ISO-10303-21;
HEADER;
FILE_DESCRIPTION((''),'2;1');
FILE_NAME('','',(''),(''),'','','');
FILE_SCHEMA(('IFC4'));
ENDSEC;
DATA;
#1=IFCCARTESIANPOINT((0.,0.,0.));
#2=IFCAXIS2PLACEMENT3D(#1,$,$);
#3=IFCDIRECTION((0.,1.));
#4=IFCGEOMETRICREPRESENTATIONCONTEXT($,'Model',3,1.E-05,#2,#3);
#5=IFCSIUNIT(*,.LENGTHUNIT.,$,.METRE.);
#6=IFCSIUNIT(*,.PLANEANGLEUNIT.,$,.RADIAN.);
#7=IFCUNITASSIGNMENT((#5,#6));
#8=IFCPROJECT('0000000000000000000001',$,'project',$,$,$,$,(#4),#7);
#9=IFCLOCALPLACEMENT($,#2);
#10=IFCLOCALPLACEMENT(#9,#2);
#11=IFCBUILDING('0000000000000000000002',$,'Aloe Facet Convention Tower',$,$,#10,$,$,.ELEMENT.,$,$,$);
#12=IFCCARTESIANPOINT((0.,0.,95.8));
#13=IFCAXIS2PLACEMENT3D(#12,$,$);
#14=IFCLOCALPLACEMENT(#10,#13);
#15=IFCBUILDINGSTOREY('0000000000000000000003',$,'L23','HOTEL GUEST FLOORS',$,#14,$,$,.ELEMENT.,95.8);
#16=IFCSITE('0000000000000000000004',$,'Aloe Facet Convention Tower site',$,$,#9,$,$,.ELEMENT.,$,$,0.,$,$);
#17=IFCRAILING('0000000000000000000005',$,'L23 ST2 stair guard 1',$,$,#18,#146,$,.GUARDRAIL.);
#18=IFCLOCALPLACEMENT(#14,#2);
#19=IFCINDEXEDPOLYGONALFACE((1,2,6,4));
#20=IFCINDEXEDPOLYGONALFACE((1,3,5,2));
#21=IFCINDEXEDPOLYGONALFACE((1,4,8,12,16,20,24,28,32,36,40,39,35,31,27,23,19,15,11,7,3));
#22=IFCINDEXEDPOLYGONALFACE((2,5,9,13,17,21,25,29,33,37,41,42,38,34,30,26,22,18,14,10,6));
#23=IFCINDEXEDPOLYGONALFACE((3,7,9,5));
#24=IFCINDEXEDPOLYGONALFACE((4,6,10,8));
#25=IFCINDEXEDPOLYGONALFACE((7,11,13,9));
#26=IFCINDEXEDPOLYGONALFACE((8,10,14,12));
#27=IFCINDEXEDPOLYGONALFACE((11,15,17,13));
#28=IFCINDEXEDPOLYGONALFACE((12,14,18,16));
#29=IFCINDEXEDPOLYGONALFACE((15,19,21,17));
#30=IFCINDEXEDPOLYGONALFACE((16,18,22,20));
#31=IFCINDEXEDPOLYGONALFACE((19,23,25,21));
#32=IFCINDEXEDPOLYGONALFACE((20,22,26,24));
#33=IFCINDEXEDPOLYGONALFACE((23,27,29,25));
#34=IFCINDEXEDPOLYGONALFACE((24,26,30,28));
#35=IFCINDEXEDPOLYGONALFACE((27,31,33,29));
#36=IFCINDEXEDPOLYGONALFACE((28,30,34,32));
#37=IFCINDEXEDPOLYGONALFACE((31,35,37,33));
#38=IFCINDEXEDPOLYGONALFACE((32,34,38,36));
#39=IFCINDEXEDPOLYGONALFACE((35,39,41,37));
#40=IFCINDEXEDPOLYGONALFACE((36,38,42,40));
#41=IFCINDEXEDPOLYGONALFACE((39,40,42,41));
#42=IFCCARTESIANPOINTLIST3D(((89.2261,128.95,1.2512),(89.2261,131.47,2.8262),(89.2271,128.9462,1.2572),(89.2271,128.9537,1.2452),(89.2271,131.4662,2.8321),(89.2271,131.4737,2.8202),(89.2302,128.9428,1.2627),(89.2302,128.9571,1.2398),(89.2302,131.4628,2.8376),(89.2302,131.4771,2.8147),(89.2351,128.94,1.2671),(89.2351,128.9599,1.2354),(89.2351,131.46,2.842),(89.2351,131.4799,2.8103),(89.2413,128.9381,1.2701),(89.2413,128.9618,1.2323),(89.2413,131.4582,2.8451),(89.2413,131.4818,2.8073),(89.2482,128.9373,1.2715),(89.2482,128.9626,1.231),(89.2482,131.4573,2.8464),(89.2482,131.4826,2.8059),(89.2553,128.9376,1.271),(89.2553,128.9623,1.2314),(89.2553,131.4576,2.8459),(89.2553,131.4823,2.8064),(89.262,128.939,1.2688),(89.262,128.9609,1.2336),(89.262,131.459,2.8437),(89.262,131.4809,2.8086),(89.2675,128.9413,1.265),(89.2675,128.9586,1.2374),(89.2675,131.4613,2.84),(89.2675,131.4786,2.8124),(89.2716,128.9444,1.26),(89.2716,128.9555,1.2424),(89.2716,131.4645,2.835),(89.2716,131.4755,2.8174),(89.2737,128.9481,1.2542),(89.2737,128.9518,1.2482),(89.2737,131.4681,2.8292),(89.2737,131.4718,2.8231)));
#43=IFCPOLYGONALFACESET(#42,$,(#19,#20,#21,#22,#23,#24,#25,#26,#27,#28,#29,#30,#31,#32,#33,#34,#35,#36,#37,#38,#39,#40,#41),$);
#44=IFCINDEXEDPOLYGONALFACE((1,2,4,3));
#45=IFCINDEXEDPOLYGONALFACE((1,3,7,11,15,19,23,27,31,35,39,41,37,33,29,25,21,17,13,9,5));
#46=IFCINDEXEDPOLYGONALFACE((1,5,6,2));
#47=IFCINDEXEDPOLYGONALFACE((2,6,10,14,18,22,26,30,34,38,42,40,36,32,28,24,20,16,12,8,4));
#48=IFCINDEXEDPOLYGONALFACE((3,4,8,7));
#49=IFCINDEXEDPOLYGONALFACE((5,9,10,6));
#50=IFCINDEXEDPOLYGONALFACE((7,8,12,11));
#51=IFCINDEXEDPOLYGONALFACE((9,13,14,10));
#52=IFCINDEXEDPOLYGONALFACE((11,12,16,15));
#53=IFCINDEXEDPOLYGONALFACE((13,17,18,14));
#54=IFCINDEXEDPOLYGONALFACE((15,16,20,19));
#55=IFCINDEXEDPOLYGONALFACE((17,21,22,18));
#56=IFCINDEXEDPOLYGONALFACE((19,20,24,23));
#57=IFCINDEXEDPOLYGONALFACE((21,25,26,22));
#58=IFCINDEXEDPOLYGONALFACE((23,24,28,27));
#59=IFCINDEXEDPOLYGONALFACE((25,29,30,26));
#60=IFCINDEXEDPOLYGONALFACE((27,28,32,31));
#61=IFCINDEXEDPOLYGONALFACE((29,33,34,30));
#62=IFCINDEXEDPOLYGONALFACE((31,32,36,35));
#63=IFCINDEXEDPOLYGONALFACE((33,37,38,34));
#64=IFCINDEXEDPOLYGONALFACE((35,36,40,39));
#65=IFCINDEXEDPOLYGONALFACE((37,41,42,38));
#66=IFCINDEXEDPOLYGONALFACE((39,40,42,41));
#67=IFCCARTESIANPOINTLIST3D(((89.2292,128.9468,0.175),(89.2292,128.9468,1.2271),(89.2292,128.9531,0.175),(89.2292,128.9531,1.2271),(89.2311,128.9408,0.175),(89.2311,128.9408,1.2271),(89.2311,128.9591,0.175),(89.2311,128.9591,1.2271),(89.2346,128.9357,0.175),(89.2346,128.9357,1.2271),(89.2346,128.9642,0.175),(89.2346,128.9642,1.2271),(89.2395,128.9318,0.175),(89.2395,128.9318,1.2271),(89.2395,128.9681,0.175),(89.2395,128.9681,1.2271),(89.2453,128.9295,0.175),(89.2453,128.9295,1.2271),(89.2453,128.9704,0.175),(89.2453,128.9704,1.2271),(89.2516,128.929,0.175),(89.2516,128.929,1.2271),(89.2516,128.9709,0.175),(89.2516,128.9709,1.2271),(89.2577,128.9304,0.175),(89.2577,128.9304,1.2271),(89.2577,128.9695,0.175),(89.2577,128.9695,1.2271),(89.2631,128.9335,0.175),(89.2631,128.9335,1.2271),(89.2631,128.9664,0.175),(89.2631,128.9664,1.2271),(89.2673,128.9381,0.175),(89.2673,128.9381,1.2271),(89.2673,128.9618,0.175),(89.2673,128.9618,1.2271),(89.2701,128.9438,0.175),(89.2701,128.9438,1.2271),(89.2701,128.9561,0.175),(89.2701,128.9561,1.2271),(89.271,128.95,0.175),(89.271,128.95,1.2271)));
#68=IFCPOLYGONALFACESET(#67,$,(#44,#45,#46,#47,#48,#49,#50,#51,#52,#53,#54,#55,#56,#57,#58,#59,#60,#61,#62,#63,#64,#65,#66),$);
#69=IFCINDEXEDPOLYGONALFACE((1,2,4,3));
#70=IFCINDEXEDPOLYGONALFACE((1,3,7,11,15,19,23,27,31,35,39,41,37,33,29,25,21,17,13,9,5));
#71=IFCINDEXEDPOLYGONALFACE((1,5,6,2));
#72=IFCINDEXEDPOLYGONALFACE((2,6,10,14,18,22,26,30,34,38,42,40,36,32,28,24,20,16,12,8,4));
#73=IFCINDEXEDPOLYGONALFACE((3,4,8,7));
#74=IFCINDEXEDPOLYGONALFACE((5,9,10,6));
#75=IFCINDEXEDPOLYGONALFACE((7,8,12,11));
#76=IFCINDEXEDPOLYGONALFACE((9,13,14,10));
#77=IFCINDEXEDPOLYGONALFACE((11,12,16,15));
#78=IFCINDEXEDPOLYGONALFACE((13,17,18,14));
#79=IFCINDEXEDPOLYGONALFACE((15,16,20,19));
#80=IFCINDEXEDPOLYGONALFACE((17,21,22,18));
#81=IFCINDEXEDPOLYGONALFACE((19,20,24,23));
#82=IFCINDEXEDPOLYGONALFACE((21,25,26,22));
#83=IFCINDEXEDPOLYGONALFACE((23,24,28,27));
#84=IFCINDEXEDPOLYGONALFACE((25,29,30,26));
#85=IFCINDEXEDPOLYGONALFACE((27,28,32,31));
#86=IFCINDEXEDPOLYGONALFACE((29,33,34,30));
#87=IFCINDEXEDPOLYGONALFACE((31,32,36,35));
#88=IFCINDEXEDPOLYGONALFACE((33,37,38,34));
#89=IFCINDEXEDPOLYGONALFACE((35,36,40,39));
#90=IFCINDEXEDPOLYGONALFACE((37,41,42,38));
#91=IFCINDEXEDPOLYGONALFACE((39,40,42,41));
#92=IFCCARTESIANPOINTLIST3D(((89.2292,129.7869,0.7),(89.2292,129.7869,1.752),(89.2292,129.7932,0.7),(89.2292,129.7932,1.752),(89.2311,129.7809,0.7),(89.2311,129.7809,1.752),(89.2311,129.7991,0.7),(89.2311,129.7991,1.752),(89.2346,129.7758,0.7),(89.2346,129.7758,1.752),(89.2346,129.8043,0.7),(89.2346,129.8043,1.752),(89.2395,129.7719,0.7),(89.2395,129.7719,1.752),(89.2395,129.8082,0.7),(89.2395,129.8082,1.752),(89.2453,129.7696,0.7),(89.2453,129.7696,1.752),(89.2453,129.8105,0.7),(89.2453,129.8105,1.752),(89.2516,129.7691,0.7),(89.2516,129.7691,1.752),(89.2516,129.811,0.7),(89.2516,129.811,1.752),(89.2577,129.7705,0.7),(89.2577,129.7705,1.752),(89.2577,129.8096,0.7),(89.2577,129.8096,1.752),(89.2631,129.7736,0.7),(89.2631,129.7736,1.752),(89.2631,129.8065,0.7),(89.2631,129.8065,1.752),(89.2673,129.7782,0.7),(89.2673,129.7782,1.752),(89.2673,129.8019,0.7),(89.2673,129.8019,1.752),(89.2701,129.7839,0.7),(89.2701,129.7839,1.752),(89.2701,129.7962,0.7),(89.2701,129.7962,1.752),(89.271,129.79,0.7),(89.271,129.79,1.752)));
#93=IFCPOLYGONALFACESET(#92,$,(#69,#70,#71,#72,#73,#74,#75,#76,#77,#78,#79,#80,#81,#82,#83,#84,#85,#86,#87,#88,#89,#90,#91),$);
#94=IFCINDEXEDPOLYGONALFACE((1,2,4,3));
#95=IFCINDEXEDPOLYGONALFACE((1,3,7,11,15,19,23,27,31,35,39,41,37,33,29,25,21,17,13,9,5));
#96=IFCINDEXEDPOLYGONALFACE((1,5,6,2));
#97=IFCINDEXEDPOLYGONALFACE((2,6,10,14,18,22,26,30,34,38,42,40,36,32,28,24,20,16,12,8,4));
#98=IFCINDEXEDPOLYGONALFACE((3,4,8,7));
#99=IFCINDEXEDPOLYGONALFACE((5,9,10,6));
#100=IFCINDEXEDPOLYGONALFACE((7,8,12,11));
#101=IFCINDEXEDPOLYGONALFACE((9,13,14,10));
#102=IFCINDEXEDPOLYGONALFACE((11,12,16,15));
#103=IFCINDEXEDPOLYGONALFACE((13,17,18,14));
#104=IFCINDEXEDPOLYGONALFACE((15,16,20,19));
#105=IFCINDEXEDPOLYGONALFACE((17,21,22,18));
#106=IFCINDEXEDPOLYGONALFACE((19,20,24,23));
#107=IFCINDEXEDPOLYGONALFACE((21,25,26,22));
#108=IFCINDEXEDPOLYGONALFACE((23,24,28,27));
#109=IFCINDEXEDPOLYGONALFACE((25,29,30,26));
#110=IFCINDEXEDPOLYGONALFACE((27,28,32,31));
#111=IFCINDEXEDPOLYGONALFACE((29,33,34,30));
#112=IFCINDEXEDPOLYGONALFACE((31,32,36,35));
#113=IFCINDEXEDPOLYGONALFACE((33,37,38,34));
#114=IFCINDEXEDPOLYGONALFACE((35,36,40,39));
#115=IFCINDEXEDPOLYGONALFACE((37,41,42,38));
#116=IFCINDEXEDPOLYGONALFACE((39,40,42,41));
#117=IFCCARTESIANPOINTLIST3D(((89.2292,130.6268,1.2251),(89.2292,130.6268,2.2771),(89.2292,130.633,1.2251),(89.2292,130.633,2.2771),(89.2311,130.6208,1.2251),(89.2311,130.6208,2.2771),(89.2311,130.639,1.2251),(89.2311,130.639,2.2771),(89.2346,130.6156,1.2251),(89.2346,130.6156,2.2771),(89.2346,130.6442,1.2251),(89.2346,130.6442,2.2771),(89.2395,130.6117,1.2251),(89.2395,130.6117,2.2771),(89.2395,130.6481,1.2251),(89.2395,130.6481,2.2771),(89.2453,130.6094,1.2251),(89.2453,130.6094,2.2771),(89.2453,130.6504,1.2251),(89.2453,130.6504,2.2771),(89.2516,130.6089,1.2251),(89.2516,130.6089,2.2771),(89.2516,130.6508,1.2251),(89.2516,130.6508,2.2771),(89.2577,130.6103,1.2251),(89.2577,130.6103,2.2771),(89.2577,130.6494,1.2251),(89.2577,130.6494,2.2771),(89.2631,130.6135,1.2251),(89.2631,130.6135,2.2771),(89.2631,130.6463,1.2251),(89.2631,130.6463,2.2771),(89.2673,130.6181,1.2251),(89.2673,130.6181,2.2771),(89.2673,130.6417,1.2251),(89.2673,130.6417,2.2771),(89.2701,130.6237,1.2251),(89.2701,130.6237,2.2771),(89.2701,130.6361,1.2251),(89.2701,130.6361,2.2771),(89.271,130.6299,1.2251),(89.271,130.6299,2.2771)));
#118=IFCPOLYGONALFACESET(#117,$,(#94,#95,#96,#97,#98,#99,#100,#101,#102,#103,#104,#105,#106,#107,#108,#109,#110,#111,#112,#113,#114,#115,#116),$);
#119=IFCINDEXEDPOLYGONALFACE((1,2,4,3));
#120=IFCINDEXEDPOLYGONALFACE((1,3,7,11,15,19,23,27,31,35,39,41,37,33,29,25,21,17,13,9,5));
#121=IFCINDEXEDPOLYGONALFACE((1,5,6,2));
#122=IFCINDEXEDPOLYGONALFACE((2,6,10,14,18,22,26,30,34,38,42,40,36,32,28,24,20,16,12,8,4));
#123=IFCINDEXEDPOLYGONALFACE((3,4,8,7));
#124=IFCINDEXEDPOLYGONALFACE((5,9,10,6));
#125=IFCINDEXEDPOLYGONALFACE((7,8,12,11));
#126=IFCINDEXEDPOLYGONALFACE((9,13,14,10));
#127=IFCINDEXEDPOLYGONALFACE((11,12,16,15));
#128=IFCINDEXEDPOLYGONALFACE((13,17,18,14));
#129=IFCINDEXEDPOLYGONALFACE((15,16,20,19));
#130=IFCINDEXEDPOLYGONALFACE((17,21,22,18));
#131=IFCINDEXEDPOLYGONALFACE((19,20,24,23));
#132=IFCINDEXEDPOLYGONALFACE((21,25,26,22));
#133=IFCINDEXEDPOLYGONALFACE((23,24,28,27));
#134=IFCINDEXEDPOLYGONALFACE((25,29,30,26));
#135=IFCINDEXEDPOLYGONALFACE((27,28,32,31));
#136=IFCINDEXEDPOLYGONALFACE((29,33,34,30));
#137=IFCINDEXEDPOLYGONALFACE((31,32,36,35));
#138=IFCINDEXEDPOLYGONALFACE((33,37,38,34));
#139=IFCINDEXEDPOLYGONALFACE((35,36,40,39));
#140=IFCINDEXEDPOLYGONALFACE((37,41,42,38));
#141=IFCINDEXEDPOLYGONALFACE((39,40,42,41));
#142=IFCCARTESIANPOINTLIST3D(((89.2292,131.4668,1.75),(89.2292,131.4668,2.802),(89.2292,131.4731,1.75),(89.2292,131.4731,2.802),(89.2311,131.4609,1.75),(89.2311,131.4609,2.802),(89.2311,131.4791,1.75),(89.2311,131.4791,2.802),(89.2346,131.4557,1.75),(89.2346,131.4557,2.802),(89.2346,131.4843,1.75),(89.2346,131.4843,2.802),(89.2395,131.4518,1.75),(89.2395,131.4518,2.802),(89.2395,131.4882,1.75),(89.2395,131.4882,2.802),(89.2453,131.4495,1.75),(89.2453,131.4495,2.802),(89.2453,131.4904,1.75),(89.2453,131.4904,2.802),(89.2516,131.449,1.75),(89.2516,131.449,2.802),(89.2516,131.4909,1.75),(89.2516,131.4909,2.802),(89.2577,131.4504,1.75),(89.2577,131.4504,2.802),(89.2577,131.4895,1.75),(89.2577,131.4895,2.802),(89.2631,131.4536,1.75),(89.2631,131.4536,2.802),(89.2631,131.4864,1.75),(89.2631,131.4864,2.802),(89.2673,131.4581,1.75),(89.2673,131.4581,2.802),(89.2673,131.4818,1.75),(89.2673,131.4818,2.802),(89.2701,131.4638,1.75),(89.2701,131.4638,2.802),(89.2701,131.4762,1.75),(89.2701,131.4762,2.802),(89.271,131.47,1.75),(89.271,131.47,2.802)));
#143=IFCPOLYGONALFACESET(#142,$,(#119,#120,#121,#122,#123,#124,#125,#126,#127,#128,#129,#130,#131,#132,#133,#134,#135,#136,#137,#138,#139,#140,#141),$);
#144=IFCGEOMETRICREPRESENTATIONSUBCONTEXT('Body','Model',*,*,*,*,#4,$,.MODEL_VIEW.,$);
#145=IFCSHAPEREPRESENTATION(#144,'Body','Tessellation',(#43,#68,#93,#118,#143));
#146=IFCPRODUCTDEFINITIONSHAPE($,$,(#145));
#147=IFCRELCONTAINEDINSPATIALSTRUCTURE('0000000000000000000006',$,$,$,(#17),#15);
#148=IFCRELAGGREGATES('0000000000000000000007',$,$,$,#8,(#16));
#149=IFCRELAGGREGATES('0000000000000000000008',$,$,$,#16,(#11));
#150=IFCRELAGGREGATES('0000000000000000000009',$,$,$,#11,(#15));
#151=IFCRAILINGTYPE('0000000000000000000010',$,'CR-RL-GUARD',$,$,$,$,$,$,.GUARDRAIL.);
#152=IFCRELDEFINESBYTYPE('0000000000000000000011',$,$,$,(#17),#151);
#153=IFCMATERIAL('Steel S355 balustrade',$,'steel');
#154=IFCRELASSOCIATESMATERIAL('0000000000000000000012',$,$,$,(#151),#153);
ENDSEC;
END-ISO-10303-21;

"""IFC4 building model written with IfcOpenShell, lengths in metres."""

from ifc_helpers import new_model, si_unit, direction, frame, origin, origin_2d, place, context, subcontext, project, spatial, circle, extrude, material, type_object, element, save


model = new_model("IFC4")

# Units and contexts
model_context = context("Model", 3, precision=1e-05, world=origin(), true_north=direction((0.0, 1.0)))
body_context = subcontext(model_context, "Body", "Model", "MODEL_VIEW")
ifc_project = project(units=[si_unit("LENGTHUNIT", "METRE"), si_unit("PLANEANGLEUNIT", "RADIAN")], contexts=[model_context])

# Site, building, storey
site_placement = place(None, origin())
site = spatial("IfcSite", under=ifc_project, at=site_placement, Name="Aloe Facet Convention Tower site", CompositionType="ELEMENT", RefElevation=0.0)
building_placement = place(site_placement, origin())
building = spatial("IfcBuilding", under=site, at=building_placement, Name="Aloe Facet Convention Tower", CompositionType="ELEMENT")
storey_placement = place(building_placement, frame((0.0, 0.0, 95.8)))
storey = spatial("IfcBuildingStorey", under=building, at=storey_placement, Name="L23", Description="HOTEL GUEST FLOORS", CompositionType="ELEMENT", Elevation=95.8)

# Railing
ifc_material_1 = material(Name="Steel S355 balustrade", Category="steel")
railing_type_1 = type_object("IfcRailingType", Name="CR-RL-GUARD", PredefinedType="GUARDRAIL", material=ifc_material_1)
railing_1_placement = place(storey_placement, frame((89.25, 128.95, 0.175)))
element("IfcRailing", 1, at=railing_1_placement, inside=storey, type_object=railing_type_1, Name="L23 ST2 stair guard 1", PredefinedType="GUARDRAIL", context=body_context, shape_type="SweptSolid", body=[
    extrude(circle(Radius=0.0239, at=origin_2d()), frame((0.0, 0.0, 1.0762), z_axis=(0.0, 0.848008, 0.529984), x_axis=(-1.0, 0.0, 0.0)), (0.0, 0.0, 1.0), 2.9717),
    extrude(circle(Radius=0.021, at=origin_2d()), origin(), (0.0, 0.0, 1.0), 1.052),
    extrude(circle(Radius=0.021, at=origin_2d()), frame((0.0, 0.8401, 0.5249)), (0.0, 0.0, 1.0), 1.052),
    extrude(circle(Radius=0.021, at=origin_2d()), frame((0.0, 1.6799, 1.05)), (0.0, 0.0, 1.0), 1.052),
    extrude(circle(Radius=0.021, at=origin_2d()), frame((0.0, 2.52, 1.575)), (0.0, 0.0, 1.0), 1.052),
])

save(model, "model.ifc")
